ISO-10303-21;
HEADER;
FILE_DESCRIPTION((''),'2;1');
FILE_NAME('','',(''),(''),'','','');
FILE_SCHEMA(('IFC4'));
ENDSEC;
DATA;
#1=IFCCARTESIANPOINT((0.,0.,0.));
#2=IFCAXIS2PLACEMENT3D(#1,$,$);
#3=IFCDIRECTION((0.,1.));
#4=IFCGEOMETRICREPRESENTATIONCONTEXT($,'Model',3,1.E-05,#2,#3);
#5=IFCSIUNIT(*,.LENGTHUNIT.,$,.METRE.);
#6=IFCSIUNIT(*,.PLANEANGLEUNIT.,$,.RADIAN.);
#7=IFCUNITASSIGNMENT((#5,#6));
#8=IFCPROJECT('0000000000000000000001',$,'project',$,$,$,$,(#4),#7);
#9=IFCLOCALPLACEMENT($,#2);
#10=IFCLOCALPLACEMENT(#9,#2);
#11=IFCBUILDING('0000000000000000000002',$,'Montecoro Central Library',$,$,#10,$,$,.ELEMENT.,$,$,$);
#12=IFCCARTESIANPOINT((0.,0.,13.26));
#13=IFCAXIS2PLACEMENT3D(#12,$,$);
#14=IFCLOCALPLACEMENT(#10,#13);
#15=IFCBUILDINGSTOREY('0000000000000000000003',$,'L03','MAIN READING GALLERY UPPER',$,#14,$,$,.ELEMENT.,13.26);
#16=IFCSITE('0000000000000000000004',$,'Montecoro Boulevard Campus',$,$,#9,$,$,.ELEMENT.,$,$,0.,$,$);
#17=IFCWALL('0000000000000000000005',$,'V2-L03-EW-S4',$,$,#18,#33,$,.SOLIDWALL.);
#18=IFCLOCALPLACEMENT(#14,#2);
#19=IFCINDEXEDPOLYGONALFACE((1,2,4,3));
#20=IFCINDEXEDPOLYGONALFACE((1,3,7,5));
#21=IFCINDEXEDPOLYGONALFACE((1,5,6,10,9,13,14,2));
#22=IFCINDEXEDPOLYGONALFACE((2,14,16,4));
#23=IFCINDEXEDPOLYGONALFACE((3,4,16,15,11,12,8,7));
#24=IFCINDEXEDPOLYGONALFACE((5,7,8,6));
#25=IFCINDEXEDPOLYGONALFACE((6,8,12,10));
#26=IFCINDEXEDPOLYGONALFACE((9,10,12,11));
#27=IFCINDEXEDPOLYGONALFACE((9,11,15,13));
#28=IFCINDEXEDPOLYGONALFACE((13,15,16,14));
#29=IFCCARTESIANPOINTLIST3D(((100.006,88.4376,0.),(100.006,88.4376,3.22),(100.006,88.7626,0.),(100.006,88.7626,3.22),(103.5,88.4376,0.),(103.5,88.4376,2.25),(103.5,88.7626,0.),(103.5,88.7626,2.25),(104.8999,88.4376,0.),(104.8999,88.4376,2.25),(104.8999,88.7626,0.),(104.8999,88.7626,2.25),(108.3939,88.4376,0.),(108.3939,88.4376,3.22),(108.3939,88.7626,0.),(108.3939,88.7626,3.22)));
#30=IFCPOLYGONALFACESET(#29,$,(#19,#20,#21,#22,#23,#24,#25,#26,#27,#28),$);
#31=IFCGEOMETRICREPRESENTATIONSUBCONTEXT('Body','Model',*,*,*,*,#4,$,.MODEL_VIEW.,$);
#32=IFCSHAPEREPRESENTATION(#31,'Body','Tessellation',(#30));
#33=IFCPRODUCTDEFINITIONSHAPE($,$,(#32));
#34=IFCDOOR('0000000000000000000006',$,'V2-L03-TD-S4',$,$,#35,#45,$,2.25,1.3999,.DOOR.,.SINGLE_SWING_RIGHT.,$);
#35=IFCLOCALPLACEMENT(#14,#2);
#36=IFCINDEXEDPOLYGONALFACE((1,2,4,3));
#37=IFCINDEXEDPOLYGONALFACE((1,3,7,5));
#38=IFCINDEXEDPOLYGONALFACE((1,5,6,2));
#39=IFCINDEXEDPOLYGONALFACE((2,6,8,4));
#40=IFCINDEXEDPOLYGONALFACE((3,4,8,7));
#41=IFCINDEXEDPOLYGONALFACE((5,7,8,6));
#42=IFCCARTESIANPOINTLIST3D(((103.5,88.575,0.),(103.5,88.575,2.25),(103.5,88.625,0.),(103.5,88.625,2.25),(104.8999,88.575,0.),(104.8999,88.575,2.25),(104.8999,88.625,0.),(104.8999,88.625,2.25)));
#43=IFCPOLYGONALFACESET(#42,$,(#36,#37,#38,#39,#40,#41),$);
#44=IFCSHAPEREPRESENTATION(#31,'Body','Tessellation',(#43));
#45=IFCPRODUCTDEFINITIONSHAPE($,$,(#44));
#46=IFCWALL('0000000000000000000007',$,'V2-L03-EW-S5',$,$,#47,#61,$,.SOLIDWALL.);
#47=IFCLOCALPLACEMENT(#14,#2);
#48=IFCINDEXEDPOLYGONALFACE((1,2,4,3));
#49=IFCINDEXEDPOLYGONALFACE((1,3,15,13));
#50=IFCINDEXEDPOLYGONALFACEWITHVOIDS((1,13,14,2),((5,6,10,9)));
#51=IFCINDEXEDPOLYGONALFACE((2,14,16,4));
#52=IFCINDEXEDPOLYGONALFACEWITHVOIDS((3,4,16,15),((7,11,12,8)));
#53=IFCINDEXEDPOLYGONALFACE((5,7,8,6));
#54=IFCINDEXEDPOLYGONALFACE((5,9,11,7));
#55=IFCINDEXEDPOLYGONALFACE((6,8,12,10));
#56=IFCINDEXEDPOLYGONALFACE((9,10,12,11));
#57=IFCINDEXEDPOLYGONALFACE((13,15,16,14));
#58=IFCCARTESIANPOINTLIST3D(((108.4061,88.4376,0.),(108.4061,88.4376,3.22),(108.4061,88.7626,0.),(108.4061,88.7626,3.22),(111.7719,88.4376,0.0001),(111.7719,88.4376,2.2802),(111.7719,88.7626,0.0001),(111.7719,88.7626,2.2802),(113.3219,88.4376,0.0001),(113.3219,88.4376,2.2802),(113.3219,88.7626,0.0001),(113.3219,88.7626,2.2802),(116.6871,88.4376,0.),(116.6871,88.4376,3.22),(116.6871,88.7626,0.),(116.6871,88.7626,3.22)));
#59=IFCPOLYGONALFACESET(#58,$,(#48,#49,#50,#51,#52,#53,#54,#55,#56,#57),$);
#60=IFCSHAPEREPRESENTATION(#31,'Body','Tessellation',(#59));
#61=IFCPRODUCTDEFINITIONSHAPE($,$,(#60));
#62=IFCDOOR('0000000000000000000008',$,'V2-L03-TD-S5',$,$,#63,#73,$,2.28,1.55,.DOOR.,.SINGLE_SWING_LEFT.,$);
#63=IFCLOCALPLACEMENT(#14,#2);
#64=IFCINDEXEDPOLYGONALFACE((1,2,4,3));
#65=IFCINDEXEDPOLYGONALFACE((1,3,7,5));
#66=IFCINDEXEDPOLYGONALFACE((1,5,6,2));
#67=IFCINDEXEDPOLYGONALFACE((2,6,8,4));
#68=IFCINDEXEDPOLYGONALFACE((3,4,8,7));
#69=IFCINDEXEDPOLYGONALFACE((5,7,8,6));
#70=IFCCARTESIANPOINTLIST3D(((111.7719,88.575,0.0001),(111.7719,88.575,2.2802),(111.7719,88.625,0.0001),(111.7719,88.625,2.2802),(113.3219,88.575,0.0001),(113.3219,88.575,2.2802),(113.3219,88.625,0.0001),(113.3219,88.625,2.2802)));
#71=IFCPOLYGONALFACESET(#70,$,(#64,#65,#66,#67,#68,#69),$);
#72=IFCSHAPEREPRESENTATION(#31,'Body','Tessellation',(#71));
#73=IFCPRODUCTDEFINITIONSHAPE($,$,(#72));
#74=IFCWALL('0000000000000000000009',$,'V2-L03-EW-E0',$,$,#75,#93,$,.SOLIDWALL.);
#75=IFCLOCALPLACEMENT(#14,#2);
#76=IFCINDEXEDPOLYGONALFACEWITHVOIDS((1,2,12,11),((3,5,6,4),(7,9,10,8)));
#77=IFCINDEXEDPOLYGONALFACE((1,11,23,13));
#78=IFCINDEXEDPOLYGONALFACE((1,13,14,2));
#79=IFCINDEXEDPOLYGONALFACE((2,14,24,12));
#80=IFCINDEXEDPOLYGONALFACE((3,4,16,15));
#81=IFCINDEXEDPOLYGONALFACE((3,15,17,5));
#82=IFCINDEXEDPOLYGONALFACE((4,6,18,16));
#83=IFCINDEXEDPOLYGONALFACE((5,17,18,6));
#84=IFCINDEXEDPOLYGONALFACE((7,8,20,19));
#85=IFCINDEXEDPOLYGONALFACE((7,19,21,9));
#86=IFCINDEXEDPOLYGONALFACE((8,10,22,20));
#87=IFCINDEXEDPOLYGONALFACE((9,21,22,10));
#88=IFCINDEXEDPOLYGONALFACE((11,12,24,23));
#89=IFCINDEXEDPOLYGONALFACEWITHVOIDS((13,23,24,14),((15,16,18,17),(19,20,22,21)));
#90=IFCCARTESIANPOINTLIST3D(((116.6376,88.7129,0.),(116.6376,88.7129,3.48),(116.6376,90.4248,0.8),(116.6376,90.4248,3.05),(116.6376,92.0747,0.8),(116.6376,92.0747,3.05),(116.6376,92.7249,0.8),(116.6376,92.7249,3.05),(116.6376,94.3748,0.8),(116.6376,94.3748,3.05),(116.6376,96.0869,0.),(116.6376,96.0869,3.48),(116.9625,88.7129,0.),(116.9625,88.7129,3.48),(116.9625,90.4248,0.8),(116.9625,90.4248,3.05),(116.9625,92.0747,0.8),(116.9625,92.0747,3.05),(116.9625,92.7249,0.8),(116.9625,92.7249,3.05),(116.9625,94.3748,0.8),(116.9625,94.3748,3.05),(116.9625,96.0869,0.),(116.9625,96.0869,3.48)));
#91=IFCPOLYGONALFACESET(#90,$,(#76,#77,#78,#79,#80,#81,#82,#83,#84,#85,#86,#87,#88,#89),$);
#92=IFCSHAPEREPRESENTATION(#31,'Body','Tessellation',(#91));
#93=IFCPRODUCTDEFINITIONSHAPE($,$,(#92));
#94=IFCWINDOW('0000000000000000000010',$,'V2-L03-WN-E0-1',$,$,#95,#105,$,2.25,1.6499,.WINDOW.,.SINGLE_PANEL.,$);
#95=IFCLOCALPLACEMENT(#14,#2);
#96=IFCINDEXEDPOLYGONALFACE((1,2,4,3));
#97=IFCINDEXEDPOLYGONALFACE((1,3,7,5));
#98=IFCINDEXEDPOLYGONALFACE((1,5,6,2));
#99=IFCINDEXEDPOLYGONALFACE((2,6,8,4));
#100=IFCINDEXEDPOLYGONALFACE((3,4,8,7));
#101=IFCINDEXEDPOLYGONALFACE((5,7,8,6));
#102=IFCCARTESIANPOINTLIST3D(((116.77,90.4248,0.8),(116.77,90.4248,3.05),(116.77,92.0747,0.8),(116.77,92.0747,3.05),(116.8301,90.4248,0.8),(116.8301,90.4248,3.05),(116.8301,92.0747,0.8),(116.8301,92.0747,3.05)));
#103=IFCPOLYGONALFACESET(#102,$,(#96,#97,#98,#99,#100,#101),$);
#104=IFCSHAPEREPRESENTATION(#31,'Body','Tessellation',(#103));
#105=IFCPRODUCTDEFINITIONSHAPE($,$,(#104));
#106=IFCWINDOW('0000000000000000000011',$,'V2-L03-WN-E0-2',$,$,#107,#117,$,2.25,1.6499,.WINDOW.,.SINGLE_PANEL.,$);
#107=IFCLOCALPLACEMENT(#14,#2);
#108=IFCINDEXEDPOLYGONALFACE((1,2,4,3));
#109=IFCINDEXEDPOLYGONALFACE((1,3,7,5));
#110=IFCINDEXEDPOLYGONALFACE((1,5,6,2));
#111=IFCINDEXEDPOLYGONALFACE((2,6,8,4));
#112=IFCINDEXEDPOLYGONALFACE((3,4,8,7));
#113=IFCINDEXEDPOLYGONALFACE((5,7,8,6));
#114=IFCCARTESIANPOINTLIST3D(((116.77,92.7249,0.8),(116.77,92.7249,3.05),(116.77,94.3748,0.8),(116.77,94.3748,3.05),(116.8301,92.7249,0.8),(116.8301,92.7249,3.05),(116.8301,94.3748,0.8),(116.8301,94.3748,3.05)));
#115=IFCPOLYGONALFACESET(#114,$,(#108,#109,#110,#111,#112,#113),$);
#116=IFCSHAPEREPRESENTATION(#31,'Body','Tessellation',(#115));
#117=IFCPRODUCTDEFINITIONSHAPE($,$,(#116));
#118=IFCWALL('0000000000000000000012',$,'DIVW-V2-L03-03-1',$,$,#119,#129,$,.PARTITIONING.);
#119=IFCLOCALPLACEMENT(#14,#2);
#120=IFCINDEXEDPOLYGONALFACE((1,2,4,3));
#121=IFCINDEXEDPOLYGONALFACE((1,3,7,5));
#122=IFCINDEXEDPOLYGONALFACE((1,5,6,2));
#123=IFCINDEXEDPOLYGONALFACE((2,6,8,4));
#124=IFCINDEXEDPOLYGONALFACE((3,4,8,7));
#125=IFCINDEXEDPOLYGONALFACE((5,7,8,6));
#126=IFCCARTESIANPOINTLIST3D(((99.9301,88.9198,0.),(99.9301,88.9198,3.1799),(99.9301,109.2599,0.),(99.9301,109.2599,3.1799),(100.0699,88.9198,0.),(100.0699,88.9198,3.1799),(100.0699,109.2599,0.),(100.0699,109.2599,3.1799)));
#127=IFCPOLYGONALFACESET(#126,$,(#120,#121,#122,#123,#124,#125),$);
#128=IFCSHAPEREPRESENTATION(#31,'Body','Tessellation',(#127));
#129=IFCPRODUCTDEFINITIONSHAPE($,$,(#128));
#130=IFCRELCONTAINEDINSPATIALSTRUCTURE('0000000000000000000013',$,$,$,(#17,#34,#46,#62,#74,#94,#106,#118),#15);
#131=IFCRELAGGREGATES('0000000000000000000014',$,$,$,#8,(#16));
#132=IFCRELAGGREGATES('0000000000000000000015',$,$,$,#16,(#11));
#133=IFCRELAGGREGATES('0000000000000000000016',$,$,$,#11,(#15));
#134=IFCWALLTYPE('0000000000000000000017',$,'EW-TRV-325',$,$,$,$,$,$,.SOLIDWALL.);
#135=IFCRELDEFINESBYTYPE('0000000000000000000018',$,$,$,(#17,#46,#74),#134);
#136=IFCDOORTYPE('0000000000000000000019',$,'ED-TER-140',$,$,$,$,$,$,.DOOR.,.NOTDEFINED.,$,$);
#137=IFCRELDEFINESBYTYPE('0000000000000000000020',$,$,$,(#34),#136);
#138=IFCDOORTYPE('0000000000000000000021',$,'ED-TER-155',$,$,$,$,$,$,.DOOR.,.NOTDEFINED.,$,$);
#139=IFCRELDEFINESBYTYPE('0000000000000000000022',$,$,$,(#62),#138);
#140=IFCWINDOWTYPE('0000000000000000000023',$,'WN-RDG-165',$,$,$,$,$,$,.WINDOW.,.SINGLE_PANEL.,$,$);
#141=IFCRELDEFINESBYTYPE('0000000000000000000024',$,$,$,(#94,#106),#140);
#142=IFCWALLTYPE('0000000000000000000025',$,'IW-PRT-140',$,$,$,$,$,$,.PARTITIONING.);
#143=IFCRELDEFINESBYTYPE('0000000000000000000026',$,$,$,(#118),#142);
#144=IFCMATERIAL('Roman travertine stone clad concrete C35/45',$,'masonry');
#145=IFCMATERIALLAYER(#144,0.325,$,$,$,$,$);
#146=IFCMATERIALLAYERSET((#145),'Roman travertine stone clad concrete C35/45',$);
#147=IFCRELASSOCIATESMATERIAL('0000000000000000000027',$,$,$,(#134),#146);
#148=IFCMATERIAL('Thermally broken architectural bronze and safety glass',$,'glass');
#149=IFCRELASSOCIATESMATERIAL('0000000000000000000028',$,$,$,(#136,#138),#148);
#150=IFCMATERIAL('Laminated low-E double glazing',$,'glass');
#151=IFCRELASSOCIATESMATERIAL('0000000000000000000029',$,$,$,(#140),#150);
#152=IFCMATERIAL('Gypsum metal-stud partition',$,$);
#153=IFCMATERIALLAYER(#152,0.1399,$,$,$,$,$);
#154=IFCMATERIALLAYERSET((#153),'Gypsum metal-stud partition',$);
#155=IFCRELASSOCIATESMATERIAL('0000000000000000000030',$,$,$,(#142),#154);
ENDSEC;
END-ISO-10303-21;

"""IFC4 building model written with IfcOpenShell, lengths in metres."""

from ifc_helpers import new_model, si_unit, direction, frame, frame_2d, origin, place, context, subcontext, project, spatial, rectangle, extrude, material, layer, layer_set, type_object, element, fill, save


model = new_model("IFC4")

# Units and contexts
model_context = context("Model", 3, precision=1e-05, world=origin(), true_north=direction((0.0, 1.0)))
body_context = subcontext(model_context, "Body", "Model", "MODEL_VIEW")
ifc_project = project(units=[si_unit("LENGTHUNIT", "METRE"), si_unit("PLANEANGLEUNIT", "RADIAN")], contexts=[model_context])

# Site, building, storey
site_placement = place(None, origin())
site = spatial("IfcSite", under=ifc_project, at=site_placement, Name="Montecoro Boulevard Campus", CompositionType="ELEMENT", RefElevation=0.0)
building_placement = place(site_placement, origin())
building = spatial("IfcBuilding", under=site, at=building_placement, Name="Montecoro Central Library", CompositionType="ELEMENT")
storey_placement = place(building_placement, frame((0.0, 0.0, 13.26)))
storey = spatial("IfcBuildingStorey", under=building, at=storey_placement, Name="L03", Description="MAIN READING GALLERY UPPER", CompositionType="ELEMENT", Elevation=13.26)

# Walls, openings, doors
ifc_material_1 = material(Name="Roman travertine stone clad concrete C35/45", Category="masonry")
ifc_layer_1 = layer(ifc_material_1, 0.325)
ifc_layer_set_1 = layer_set([ifc_layer_1], Name="Roman travertine stone clad concrete C35/45")
wall_type_1 = type_object("IfcWallType", Name="EW-TRV-325", PredefinedType="SOLIDWALL", material=ifc_layer_set_1)
wall_1_placement = place(storey_placement, frame((100.0061, 88.6001, 0.0), z_axis=(0.0, 0.0, 1.0), x_axis=(1.0, 0.0, 0.0)))
wall_1 = element("IfcWall", 1, at=wall_1_placement, inside=storey, type_object=wall_type_1, Name="V2-L03-EW-S4", PredefinedType="SOLIDWALL", context=body_context, shape_type="SweptSolid", body=[
    extrude(rectangle(XDim=8.3879, YDim=0.325, at=frame_2d((4.1938, 0.0))), origin(), (0.0, 0.0, 1.0), 3.22),
])
opening_1_placement = place(wall_1_placement, frame((3.4939, 0.0, 0.0)))
opening_1 = element("IfcOpeningElement", 2, at=opening_1_placement, cuts=wall_1, PredefinedType="OPENING", context=body_context, shape_type="SweptSolid", body=[
    extrude(rectangle(XDim=1.3999, YDim=2.25, at=frame_2d((0.7, 1.125))), frame((0.0, 0.1724, 0.0), z_axis=(0.0, -1.0, 0.0), x_axis=(1.0, 0.0, 0.0)), (0.0, 0.0, 1.0), 0.345),
])
ifc_material_2 = material(Name="Thermally broken architectural bronze and safety glass", Category="glass")
door_type_1 = type_object("IfcDoorType", Name="ED-TER-140", OperationType="NOTDEFINED", PredefinedType="DOOR", material=ifc_material_2)
door_1_placement = place(opening_1_placement, origin())
door_1 = element("IfcDoor", 3, at=door_1_placement, inside=storey, type_object=door_type_1, Name="V2-L03-TD-S4", OperationType="SINGLE_SWING_RIGHT", OverallHeight=2.25, OverallWidth=1.3999, PredefinedType="DOOR", context=body_context, shape_type="SweptSolid", body=[
    extrude(rectangle(XDim=1.3999, YDim=2.25, at=frame_2d((0.7, 1.125))), frame((0.0, 0.0249, 0.0), z_axis=(0.0, -1.0, 0.0), x_axis=(1.0, 0.0, 0.0)), (0.0, 0.0, 1.0), 0.05),
])
fill(opening_1, door_1)
wall_2_placement = place(storey_placement, frame((108.406, 88.6001, 0.0), z_axis=(0.0, 0.0, 1.0), x_axis=(1.0, 0.0, 0.0)))
wall_2 = element("IfcWall", 4, at=wall_2_placement, inside=storey, type_object=wall_type_1, Name="V2-L03-EW-S5", PredefinedType="SOLIDWALL", context=body_context, shape_type="SweptSolid", body=[
    extrude(rectangle(XDim=8.281, YDim=0.325, at=frame_2d((4.1406, 0.0))), origin(), (0.0, 0.0, 1.0), 3.22),
])
opening_2_placement = place(wall_2_placement, frame((3.366, 0.0, 0.0)))
opening_2 = element("IfcOpeningElement", 5, at=opening_2_placement, cuts=wall_2, PredefinedType="OPENING", context=body_context, shape_type="SweptSolid", body=[
    extrude(rectangle(XDim=1.55, YDim=2.28, at=frame_2d((0.7749, 1.1401))), frame((0.0, 0.1724, 0.0), z_axis=(0.0, -1.0, 0.0), x_axis=(1.0, 0.0, 0.0)), (0.0, 0.0, 1.0), 0.345),
])
door_type_2 = type_object("IfcDoorType", Name="ED-TER-155", OperationType="NOTDEFINED", PredefinedType="DOOR", material=ifc_material_2)
door_2_placement = place(opening_2_placement, origin())
door_2 = element("IfcDoor", 6, at=door_2_placement, inside=storey, type_object=door_type_2, Name="V2-L03-TD-S5", OperationType="SINGLE_SWING_LEFT", OverallHeight=2.28, OverallWidth=1.55, PredefinedType="DOOR", context=body_context, shape_type="SweptSolid", body=[
    extrude(rectangle(XDim=1.55, YDim=2.28, at=frame_2d((0.7749, 1.1401))), frame((0.0, 0.0249, 0.0), z_axis=(0.0, -1.0, 0.0), x_axis=(1.0, 0.0, 0.0)), (0.0, 0.0, 1.0), 0.05),
])
fill(opening_2, door_2)

# Wall, openings, windows
wall_3_placement = place(storey_placement, frame((116.8, 88.7129, 0.0), z_axis=(0.0, 0.0, 1.0), x_axis=(0.0, 1.0, 0.0)))
wall_3 = element("IfcWall", 7, at=wall_3_placement, inside=storey, type_object=wall_type_1, Name="V2-L03-EW-E0", PredefinedType="SOLIDWALL", context=body_context, shape_type="SweptSolid", body=[
    extrude(rectangle(XDim=7.374, YDim=0.325, at=frame_2d((3.687, 0.0))), origin(), (0.0, 0.0, 1.0), 3.48),
])
opening_3_placement = place(wall_3_placement, frame((1.7119, 0.0, 0.8)))
opening_3 = element("IfcOpeningElement", 8, at=opening_3_placement, cuts=wall_3, PredefinedType="OPENING", context=body_context, shape_type="SweptSolid", body=[
    extrude(rectangle(XDim=1.6499, YDim=2.25, at=frame_2d((0.825, 1.125))), frame((0.0, 0.1724, 0.0), z_axis=(0.0, -1.0, 0.0), x_axis=(1.0, 0.0, 0.0)), (0.0, 0.0, 1.0), 0.345),
])
opening_4_placement = place(wall_3_placement, frame((4.012, 0.0, 0.8)))
opening_4 = element("IfcOpeningElement", 9, at=opening_4_placement, cuts=wall_3, PredefinedType="OPENING", context=body_context, shape_type="SweptSolid", body=[
    extrude(rectangle(XDim=1.6499, YDim=2.25, at=frame_2d((0.825, 1.125))), frame((0.0, 0.1724, 0.0), z_axis=(0.0, -1.0, 0.0), x_axis=(1.0, 0.0, 0.0)), (0.0, 0.0, 1.0), 0.345),
])
ifc_material_3 = material(Name="Laminated low-E double glazing", Category="glass")
window_type = type_object("IfcWindowType", Name="WN-RDG-165", PartitioningType="SINGLE_PANEL", PredefinedType="WINDOW", material=ifc_material_3)
window_1_placement = place(opening_3_placement, origin())
window_1 = element("IfcWindow", 10, at=window_1_placement, inside=storey, type_object=window_type, Name="V2-L03-WN-E0-1", OverallHeight=2.25, OverallWidth=1.6499, PartitioningType="SINGLE_PANEL", PredefinedType="WINDOW", context=body_context, shape_type="SweptSolid", body=[
    extrude(rectangle(XDim=1.6499, YDim=2.25, at=frame_2d((0.825, 1.125))), frame((0.0, 0.03, 0.0), z_axis=(0.0, -1.0, 0.0), x_axis=(1.0, 0.0, 0.0)), (0.0, 0.0, 1.0), 0.0601),
])
fill(opening_3, window_1)
window_2_placement = place(opening_4_placement, origin())
window_2 = element("IfcWindow", 11, at=window_2_placement, inside=storey, type_object=window_type, Name="V2-L03-WN-E0-2", OverallHeight=2.25, OverallWidth=1.6499, PartitioningType="SINGLE_PANEL", PredefinedType="WINDOW", context=body_context, shape_type="SweptSolid", body=[
    extrude(rectangle(XDim=1.6499, YDim=2.25, at=frame_2d((0.825, 1.125))), frame((0.0, 0.03, 0.0), z_axis=(0.0, -1.0, 0.0), x_axis=(1.0, 0.0, 0.0)), (0.0, 0.0, 1.0), 0.0601),
])
fill(opening_4, window_2)

# Wall
ifc_material_4 = material(Name="Gypsum metal-stud partition")
ifc_layer_2 = layer(ifc_material_4, 0.1399)
ifc_layer_set_2 = layer_set([ifc_layer_2], Name="Gypsum metal-stud partition")
wall_type_2 = type_object("IfcWallType", Name="IW-PRT-140", PredefinedType="PARTITIONING", material=ifc_layer_set_2)
wall_4_placement = place(storey_placement, frame((100.0, 88.9199, 0.0), z_axis=(0.0, 0.0, 1.0), x_axis=(0.0, 1.0, 0.0)))
element("IfcWall", 12, at=wall_4_placement, inside=storey, type_object=wall_type_2, Name="DIVW-V2-L03-03-1", PredefinedType="PARTITIONING", context=body_context, shape_type="SweptSolid", body=[
    extrude(rectangle(XDim=20.3401, YDim=0.1399, at=frame_2d((10.1699, 0.0))), origin(), (0.0, 0.0, 1.0), 3.1799),
])

save(model, "model.ifc")
